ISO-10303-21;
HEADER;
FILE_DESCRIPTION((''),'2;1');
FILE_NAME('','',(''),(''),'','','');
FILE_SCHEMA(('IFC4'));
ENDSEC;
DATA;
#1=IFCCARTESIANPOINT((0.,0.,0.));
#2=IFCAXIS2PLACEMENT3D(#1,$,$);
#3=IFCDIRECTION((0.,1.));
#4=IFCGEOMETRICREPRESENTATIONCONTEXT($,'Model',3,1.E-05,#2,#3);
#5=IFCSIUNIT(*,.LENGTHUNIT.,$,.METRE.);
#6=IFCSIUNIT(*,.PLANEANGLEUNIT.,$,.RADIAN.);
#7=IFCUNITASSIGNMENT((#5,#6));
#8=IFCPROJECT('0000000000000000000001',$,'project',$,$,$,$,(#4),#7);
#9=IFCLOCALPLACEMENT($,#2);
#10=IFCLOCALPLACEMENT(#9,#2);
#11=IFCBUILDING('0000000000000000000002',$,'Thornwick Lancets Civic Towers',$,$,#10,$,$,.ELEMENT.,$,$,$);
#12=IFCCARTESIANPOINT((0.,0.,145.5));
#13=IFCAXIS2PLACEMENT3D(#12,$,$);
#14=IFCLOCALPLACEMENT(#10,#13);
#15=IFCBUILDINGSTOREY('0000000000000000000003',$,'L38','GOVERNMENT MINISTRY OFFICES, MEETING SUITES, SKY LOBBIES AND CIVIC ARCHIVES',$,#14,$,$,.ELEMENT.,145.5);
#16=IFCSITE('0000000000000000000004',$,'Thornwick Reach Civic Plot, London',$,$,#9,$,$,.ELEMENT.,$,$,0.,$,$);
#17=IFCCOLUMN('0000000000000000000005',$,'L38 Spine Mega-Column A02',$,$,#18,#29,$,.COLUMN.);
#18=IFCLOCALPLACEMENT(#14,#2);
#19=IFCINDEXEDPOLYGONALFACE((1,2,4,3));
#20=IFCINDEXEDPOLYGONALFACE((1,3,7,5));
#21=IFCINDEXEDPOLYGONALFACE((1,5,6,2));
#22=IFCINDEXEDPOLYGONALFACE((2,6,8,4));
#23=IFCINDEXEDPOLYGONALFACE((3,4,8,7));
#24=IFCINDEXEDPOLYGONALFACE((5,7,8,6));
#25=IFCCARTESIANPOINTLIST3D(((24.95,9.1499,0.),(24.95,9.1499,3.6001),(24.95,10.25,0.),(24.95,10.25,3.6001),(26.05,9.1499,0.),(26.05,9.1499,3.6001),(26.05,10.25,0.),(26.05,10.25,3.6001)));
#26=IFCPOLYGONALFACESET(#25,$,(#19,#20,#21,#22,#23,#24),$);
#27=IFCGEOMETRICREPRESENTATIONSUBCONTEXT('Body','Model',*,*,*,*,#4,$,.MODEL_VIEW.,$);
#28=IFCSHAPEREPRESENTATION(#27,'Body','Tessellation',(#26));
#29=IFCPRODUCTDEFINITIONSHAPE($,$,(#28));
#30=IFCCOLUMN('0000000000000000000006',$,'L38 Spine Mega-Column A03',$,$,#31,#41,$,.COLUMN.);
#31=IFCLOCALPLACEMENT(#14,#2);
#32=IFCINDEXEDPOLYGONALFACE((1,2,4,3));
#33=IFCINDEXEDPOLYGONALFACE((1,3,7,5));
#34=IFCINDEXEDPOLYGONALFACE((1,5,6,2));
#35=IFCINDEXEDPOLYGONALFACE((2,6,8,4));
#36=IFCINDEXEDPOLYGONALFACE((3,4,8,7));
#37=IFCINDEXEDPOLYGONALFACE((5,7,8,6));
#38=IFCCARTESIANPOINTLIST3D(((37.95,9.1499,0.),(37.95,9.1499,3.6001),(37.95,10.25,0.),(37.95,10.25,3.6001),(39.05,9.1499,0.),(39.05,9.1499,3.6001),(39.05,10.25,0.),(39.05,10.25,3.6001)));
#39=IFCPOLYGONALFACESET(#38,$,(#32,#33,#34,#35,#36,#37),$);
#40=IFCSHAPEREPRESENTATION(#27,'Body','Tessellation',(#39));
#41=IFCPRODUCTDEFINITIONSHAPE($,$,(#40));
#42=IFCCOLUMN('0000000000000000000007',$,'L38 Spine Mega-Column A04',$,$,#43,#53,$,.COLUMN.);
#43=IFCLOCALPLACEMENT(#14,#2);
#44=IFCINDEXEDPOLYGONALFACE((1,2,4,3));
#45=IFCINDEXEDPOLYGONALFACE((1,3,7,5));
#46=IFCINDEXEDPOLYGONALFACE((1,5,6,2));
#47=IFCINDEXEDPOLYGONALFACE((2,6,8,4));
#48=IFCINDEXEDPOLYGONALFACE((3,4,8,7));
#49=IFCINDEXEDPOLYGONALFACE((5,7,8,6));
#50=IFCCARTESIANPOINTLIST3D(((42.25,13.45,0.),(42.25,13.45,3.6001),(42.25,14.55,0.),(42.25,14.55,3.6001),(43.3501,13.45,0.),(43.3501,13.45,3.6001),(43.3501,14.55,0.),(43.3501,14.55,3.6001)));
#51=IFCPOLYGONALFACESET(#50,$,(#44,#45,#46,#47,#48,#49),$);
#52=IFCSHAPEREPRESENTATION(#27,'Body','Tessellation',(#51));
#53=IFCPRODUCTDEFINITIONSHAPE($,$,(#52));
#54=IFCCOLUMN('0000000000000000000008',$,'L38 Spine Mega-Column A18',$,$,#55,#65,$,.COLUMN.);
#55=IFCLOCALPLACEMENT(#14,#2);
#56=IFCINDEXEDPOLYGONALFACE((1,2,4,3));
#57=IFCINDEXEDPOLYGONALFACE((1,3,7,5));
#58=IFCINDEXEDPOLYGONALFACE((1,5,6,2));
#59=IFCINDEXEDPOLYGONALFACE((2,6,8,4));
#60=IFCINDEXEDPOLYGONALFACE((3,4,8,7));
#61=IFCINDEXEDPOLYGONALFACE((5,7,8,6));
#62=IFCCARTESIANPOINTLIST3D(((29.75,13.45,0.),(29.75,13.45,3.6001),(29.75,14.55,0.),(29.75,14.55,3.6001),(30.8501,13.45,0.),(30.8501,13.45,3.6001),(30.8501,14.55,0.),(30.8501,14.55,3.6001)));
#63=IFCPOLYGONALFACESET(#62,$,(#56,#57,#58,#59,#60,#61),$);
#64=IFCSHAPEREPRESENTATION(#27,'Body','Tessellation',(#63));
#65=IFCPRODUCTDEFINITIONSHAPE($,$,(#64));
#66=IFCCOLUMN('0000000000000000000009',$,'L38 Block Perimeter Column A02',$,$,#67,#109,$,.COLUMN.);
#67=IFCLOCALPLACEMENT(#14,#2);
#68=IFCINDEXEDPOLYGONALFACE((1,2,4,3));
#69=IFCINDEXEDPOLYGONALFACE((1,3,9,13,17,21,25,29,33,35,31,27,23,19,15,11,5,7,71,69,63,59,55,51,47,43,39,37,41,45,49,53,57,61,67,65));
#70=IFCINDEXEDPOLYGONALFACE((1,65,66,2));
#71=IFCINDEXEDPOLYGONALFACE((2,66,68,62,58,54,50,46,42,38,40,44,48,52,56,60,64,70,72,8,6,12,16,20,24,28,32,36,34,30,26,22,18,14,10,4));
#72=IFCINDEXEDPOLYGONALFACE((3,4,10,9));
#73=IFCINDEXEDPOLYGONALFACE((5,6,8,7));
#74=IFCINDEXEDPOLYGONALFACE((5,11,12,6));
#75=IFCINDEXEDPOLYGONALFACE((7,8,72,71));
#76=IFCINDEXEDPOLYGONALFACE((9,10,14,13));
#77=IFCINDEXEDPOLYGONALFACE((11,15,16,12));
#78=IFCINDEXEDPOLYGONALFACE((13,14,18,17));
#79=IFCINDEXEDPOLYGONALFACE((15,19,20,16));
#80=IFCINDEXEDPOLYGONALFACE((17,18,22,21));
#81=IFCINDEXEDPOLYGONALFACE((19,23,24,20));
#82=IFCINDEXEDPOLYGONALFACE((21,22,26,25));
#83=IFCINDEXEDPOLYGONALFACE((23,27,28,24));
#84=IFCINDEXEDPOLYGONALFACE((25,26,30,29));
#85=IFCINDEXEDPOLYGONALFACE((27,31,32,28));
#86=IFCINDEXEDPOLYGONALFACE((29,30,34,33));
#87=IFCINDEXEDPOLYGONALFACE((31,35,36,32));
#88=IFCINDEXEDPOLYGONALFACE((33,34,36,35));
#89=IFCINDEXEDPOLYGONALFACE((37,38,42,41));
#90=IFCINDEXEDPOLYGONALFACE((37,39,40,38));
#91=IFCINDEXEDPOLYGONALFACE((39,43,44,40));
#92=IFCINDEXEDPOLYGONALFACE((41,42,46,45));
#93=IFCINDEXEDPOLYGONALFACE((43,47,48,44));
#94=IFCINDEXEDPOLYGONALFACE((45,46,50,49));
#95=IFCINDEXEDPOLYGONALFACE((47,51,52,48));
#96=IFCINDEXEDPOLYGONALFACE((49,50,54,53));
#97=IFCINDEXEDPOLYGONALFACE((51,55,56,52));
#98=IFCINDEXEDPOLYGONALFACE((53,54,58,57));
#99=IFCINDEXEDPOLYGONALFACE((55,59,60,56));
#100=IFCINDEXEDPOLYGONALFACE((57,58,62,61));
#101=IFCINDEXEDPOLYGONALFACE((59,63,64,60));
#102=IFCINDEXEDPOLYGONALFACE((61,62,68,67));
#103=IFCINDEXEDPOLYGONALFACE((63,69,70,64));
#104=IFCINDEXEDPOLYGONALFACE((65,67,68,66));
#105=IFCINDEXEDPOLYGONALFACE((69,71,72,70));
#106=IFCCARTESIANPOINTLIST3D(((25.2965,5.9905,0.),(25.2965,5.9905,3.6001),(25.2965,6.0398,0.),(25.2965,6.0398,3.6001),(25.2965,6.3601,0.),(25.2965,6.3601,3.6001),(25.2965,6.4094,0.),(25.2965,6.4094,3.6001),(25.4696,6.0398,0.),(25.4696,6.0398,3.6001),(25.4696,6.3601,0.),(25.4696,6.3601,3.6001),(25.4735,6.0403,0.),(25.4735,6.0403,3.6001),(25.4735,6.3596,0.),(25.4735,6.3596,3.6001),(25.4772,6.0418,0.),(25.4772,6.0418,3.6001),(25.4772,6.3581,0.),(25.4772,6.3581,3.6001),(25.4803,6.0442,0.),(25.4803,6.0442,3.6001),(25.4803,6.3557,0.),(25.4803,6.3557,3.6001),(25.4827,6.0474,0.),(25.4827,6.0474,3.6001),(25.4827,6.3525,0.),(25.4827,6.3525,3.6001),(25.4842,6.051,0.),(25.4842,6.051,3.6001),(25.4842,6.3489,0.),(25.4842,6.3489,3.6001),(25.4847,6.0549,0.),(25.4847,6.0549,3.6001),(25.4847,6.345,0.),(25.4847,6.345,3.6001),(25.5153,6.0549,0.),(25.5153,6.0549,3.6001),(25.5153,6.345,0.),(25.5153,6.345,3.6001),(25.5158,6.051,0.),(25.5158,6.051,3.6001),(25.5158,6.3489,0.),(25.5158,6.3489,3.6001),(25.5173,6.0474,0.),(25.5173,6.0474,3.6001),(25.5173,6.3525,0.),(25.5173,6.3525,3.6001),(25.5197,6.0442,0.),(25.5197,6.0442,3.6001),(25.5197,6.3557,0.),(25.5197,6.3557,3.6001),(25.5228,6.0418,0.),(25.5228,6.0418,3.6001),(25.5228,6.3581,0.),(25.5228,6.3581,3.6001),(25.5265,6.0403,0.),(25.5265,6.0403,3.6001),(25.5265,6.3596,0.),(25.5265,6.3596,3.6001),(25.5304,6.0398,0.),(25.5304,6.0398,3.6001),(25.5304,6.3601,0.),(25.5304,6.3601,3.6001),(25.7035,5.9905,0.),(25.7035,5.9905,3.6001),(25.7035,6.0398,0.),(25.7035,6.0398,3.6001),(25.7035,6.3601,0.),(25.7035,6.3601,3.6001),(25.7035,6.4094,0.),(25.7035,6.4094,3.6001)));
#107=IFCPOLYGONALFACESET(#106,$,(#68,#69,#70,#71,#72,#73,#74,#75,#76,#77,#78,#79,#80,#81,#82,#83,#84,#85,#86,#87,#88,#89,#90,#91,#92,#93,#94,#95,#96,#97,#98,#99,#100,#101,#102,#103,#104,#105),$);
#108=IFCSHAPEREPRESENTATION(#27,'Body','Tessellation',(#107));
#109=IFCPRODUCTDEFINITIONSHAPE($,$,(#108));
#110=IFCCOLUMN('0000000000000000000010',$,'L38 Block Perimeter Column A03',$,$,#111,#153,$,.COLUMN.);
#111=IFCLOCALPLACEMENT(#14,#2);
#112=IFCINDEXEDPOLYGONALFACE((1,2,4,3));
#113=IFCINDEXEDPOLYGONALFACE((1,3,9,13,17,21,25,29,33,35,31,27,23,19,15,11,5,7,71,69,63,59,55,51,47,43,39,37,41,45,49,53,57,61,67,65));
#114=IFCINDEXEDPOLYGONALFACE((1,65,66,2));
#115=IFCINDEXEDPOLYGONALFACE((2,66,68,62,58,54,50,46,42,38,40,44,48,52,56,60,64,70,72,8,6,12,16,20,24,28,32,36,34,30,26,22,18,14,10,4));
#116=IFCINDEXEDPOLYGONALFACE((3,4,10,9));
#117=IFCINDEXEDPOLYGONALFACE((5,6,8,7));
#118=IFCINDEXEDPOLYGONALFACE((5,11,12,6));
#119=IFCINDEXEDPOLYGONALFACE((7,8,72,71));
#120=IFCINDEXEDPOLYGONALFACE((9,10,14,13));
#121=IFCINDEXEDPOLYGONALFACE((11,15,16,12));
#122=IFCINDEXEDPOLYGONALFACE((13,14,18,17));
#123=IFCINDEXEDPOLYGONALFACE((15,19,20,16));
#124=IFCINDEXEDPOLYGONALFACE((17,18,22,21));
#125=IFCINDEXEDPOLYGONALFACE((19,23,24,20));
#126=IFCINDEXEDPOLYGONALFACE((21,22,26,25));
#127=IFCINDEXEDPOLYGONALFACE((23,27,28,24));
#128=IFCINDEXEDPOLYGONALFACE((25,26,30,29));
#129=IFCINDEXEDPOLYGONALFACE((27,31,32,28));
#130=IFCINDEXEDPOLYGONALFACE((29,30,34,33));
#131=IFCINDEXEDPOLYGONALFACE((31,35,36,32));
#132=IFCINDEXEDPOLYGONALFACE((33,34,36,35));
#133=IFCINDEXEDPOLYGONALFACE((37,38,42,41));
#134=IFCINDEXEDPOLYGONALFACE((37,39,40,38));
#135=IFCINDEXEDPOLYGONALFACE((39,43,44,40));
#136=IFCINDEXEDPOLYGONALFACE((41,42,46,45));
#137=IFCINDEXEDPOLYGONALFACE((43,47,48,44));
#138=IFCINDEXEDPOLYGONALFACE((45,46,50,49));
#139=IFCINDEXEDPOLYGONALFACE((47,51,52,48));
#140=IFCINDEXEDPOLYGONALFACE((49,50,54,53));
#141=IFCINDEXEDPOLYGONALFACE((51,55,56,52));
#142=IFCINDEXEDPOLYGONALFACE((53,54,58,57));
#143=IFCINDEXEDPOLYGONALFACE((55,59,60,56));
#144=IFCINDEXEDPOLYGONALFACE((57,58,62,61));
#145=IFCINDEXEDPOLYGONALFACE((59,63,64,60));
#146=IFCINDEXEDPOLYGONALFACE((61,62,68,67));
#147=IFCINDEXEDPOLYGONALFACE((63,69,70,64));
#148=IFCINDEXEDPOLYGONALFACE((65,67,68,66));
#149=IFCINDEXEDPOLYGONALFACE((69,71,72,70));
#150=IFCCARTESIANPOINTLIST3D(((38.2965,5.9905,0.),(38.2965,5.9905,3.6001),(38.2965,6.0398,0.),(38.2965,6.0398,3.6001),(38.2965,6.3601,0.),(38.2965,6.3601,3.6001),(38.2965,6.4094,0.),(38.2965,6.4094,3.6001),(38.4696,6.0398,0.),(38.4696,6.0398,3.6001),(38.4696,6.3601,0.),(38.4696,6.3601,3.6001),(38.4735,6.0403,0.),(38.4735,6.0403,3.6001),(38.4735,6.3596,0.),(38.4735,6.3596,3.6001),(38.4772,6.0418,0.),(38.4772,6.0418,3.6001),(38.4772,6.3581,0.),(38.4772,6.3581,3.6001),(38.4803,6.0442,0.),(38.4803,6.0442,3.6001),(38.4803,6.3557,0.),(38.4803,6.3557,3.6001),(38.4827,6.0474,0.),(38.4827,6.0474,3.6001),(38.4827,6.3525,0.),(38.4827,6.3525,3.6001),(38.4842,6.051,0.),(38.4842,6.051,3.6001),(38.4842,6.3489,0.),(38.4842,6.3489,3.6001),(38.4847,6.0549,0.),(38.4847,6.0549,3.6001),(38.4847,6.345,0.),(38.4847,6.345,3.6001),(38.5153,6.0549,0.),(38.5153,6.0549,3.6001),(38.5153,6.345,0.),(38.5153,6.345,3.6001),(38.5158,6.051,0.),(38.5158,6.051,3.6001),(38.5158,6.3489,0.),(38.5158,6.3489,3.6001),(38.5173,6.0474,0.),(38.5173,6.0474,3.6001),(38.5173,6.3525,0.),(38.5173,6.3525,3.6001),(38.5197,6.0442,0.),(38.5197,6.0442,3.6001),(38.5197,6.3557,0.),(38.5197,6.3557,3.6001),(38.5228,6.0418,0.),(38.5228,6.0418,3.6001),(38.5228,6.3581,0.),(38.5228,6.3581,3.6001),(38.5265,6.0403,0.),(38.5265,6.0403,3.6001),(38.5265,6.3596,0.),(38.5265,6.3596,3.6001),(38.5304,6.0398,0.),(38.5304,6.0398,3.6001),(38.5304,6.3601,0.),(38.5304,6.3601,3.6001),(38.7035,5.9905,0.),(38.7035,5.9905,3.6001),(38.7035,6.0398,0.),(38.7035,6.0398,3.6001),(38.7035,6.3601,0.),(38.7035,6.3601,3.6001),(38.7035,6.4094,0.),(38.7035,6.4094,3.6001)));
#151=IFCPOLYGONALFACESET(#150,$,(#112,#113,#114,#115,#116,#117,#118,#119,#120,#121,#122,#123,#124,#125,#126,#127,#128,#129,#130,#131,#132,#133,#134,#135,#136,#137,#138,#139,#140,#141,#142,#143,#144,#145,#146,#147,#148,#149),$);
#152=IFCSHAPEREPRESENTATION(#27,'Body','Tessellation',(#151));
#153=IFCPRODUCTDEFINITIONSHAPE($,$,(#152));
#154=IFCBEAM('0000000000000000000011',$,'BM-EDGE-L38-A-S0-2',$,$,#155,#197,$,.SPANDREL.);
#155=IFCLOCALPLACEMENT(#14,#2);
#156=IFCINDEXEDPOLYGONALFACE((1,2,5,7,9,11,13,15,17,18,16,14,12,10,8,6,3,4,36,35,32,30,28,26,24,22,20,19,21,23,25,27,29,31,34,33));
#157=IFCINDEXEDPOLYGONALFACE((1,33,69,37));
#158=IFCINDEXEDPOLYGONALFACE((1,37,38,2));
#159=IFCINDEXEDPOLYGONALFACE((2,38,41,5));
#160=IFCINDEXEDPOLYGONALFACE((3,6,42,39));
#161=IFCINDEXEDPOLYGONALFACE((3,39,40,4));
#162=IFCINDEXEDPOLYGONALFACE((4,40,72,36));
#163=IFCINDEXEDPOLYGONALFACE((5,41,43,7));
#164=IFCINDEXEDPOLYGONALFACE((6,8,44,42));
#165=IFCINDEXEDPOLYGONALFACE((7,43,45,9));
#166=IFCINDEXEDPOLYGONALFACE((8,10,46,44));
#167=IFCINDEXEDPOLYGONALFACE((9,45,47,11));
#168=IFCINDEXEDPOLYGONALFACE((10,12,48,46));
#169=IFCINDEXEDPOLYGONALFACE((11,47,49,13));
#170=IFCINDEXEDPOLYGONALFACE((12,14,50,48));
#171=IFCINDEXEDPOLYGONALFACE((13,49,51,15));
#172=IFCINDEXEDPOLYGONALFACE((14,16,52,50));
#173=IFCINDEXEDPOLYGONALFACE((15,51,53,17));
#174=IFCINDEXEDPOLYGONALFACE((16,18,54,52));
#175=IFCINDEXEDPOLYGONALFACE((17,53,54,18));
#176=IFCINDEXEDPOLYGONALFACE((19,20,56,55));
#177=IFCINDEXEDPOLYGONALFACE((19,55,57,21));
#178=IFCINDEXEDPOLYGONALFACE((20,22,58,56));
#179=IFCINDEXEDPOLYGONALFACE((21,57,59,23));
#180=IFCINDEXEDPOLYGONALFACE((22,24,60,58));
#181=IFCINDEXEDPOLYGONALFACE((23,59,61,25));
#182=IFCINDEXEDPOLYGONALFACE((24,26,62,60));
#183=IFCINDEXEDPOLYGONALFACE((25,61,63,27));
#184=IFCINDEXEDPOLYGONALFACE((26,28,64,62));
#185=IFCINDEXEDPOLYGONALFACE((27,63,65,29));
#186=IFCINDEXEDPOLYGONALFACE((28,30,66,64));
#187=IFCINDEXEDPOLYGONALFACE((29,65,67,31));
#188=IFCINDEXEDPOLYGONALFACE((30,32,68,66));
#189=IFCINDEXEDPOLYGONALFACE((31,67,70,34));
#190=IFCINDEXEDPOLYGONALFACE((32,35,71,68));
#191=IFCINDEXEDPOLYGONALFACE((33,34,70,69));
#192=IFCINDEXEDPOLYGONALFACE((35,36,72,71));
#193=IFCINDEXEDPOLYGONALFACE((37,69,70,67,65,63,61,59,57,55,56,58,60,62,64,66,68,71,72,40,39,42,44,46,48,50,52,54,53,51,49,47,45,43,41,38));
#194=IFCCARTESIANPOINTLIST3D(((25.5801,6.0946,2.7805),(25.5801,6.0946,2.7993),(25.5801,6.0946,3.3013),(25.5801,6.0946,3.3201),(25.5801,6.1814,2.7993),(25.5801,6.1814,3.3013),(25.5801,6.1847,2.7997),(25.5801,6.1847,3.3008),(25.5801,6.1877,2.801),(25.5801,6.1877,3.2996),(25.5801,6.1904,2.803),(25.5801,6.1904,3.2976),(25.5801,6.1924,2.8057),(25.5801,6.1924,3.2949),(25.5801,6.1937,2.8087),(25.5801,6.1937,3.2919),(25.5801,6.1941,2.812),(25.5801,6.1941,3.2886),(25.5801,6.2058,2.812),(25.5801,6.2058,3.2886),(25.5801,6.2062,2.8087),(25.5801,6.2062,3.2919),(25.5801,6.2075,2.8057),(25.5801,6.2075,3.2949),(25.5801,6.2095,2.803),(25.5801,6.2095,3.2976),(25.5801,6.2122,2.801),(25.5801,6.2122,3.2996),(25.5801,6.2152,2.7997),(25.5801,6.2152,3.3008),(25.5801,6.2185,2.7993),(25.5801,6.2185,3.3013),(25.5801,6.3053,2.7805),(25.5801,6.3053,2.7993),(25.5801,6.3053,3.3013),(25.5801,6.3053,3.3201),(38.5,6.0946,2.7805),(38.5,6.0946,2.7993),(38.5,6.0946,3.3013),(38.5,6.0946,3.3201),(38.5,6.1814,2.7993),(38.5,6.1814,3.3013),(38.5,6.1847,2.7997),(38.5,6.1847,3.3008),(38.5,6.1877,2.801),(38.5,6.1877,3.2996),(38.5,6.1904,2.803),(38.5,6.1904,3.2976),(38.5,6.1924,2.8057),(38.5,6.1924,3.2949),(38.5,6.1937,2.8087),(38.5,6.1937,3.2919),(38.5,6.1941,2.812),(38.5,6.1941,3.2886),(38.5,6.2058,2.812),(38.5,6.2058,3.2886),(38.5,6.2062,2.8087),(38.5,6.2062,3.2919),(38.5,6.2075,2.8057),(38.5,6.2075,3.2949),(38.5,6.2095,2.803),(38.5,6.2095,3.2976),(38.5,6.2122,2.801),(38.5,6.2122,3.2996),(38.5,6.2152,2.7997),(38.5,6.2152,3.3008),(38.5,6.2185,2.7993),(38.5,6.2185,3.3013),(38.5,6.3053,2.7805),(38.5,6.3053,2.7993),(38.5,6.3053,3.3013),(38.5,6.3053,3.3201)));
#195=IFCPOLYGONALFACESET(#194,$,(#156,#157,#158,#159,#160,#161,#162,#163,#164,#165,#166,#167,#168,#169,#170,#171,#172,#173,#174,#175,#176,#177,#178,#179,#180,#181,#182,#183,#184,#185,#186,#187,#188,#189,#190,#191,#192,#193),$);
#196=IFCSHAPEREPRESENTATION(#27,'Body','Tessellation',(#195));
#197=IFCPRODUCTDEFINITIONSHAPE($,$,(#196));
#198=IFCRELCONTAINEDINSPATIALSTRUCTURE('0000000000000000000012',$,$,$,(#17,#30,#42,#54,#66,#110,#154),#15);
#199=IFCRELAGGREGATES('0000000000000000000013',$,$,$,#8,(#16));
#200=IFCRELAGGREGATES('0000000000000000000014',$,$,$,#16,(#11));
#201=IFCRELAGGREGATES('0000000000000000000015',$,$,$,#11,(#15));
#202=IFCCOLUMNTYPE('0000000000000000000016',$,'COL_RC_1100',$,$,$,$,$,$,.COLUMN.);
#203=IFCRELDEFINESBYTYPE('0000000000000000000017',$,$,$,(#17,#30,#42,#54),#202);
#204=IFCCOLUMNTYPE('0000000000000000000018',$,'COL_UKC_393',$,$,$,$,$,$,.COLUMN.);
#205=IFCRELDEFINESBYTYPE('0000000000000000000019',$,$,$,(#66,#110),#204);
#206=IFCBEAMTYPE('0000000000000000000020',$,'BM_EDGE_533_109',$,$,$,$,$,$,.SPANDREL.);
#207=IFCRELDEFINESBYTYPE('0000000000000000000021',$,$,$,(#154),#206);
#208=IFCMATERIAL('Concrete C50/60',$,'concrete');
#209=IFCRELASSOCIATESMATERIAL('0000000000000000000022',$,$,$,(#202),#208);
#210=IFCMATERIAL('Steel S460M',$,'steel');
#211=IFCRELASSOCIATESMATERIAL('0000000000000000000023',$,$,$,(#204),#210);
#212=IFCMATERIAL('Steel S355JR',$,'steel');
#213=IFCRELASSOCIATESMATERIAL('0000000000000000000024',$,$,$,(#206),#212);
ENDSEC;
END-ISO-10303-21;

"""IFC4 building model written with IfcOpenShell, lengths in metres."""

from ifc_helpers import new_model, si_unit, direction, frame, origin, origin_2d, place, context, subcontext, project, spatial, rectangle, i_section, extrude, material, material_profile, profile_set, type_object, element, save


model = new_model("IFC4")

# Units and contexts
model_context = context("Model", 3, precision=1e-05, world=origin(), true_north=direction((0.0, 1.0)))
body_context = subcontext(model_context, "Body", "Model", "MODEL_VIEW")
ifc_project = project(units=[si_unit("LENGTHUNIT", "METRE"), si_unit("PLANEANGLEUNIT", "RADIAN")], contexts=[model_context])

# Site, building, storey
site_placement = place(None, origin())
site = spatial("IfcSite", under=ifc_project, at=site_placement, Name="Thornwick Reach Civic Plot, London", CompositionType="ELEMENT", RefElevation=0.0)
building_placement = place(site_placement, origin())
building = spatial("IfcBuilding", under=site, at=building_placement, Name="Thornwick Lancets Civic Towers", CompositionType="ELEMENT")
storey_placement = place(building_placement, frame((0.0, 0.0, 145.5)))
storey = spatial("IfcBuildingStorey", under=building, at=storey_placement, Name="L38", Description="GOVERNMENT MINISTRY OFFICES, MEETING SUITES, SKY LOBBIES AND CIVIC ARCHIVES", CompositionType="ELEMENT", Elevation=145.5)

# Columns
ifc_material_1 = material(Name="Concrete C50/60", Category="concrete")
ifc_material_profile_1 = material_profile(ifc_material_1, rectangle(XDim=1.1001, YDim=1.1001, at=origin_2d()), Name="RC 1100x1100")
ifc_profile_set_1 = profile_set([ifc_material_profile_1], Name="Concrete C50/60")
column_type_1 = type_object("IfcColumnType", Name="COL_RC_1100", PredefinedType="COLUMN", material=ifc_profile_set_1)
for number, where, z_axis, x_axis, name in (
    (1, (25.5, 9.7, 0.0), (0.0, 0.0, 1.0), (1.0, 0.0, 0.0), "L38 Spine Mega-Column A02"),
    (2, (38.5, 9.7, 0.0), (0.0, 0.0, 1.0), (1.0, 0.0, 0.0), "L38 Spine Mega-Column A03"),
    (3, (42.8, 14.0, 0.0), (0.0, 0.0, 1.0), (1.0, 0.0, 0.0), "L38 Spine Mega-Column A04"),
    (4, (30.3, 14.0, 0.0), (0.0, 0.0, 1.0), (1.0, 0.0, 0.0), "L38 Spine Mega-Column A18"),
):
    element("IfcColumn", number, at=place(storey_placement, frame(where, z_axis=z_axis, x_axis=x_axis)), inside=storey, type_object=column_type_1, Name=name, PredefinedType="COLUMN", context=body_context, shape_type="SweptSolid", body=[
        extrude(rectangle(XDim=1.1001, YDim=1.1001, at=origin_2d()), origin(), (0.0, 0.0, 1.0), 3.6001),
    ])
ifc_material_2 = material(Name="Steel S460M", Category="steel")
ifc_material_profile_2 = material_profile(ifc_material_2, i_section(OverallWidth=0.407, OverallDepth=0.4189, WebThickness=0.0305, FlangeThickness=0.0493, FilletRadius=0.0151, at=origin_2d()), Name="UKC 356x406x393")
ifc_profile_set_2 = profile_set([ifc_material_profile_2], Name="Steel S460M")
column_type_2 = type_object("IfcColumnType", Name="COL_UKC_393", PredefinedType="COLUMN", material=ifc_profile_set_2)
for number, where, z_axis, x_axis, name in (
    (5, (25.5, 6.2, 0.0), (0.0, 0.0, 1.0), (1.0, 0.0, 0.0), "L38 Block Perimeter Column A02"),
    (6, (38.5, 6.2, 0.0), (0.0, 0.0, 1.0), (1.0, 0.0, 0.0), "L38 Block Perimeter Column A03"),
):
    element("IfcColumn", number, at=place(storey_placement, frame(where, z_axis=z_axis, x_axis=x_axis)), inside=storey, type_object=column_type_2, Name=name, PredefinedType="COLUMN", context=body_context, shape_type="SweptSolid", body=[
        extrude(i_section(OverallWidth=0.407, OverallDepth=0.4189, WebThickness=0.0305, FlangeThickness=0.0493, FilletRadius=0.0151, at=origin_2d()), origin(), (0.0, 0.0, 1.0), 3.6001),
    ])

# Beam
ifc_material_3 = material(Name="Steel S355JR", Category="steel")
ifc_material_profile_3 = material_profile(ifc_material_3, i_section(OverallWidth=0.2107, OverallDepth=0.5396, WebThickness=0.0117, FlangeThickness=0.0188, FilletRadius=0.0127, at=origin_2d()), Name="UKB 533x210x109")
ifc_profile_set_3 = profile_set([ifc_material_profile_3], Name="Steel S355JR")
beam_type_1 = type_object("IfcBeamType", Name="BM_EDGE_533_109", PredefinedType="SPANDREL", material=ifc_profile_set_3)
beam_1_placement = place(storey_placement, frame((25.5801, 6.2, 3.0503), z_axis=(1.0, 0.0, 0.0), x_axis=(0.0, 1.0, 0.0)))
element("IfcBeam", 7, at=beam_1_placement, inside=storey, type_object=beam_type_1, Name="BM-EDGE-L38-A-S0-2", PredefinedType="SPANDREL", context=body_context, shape_type="SweptSolid", body=[
    extrude(i_section(OverallWidth=0.2107, OverallDepth=0.5396, WebThickness=0.0117, FlangeThickness=0.0188, FilletRadius=0.0127, at=origin_2d()), origin(), (0.0, 0.0, 1.0), 12.9199),
])

save(model, "model.ifc")
